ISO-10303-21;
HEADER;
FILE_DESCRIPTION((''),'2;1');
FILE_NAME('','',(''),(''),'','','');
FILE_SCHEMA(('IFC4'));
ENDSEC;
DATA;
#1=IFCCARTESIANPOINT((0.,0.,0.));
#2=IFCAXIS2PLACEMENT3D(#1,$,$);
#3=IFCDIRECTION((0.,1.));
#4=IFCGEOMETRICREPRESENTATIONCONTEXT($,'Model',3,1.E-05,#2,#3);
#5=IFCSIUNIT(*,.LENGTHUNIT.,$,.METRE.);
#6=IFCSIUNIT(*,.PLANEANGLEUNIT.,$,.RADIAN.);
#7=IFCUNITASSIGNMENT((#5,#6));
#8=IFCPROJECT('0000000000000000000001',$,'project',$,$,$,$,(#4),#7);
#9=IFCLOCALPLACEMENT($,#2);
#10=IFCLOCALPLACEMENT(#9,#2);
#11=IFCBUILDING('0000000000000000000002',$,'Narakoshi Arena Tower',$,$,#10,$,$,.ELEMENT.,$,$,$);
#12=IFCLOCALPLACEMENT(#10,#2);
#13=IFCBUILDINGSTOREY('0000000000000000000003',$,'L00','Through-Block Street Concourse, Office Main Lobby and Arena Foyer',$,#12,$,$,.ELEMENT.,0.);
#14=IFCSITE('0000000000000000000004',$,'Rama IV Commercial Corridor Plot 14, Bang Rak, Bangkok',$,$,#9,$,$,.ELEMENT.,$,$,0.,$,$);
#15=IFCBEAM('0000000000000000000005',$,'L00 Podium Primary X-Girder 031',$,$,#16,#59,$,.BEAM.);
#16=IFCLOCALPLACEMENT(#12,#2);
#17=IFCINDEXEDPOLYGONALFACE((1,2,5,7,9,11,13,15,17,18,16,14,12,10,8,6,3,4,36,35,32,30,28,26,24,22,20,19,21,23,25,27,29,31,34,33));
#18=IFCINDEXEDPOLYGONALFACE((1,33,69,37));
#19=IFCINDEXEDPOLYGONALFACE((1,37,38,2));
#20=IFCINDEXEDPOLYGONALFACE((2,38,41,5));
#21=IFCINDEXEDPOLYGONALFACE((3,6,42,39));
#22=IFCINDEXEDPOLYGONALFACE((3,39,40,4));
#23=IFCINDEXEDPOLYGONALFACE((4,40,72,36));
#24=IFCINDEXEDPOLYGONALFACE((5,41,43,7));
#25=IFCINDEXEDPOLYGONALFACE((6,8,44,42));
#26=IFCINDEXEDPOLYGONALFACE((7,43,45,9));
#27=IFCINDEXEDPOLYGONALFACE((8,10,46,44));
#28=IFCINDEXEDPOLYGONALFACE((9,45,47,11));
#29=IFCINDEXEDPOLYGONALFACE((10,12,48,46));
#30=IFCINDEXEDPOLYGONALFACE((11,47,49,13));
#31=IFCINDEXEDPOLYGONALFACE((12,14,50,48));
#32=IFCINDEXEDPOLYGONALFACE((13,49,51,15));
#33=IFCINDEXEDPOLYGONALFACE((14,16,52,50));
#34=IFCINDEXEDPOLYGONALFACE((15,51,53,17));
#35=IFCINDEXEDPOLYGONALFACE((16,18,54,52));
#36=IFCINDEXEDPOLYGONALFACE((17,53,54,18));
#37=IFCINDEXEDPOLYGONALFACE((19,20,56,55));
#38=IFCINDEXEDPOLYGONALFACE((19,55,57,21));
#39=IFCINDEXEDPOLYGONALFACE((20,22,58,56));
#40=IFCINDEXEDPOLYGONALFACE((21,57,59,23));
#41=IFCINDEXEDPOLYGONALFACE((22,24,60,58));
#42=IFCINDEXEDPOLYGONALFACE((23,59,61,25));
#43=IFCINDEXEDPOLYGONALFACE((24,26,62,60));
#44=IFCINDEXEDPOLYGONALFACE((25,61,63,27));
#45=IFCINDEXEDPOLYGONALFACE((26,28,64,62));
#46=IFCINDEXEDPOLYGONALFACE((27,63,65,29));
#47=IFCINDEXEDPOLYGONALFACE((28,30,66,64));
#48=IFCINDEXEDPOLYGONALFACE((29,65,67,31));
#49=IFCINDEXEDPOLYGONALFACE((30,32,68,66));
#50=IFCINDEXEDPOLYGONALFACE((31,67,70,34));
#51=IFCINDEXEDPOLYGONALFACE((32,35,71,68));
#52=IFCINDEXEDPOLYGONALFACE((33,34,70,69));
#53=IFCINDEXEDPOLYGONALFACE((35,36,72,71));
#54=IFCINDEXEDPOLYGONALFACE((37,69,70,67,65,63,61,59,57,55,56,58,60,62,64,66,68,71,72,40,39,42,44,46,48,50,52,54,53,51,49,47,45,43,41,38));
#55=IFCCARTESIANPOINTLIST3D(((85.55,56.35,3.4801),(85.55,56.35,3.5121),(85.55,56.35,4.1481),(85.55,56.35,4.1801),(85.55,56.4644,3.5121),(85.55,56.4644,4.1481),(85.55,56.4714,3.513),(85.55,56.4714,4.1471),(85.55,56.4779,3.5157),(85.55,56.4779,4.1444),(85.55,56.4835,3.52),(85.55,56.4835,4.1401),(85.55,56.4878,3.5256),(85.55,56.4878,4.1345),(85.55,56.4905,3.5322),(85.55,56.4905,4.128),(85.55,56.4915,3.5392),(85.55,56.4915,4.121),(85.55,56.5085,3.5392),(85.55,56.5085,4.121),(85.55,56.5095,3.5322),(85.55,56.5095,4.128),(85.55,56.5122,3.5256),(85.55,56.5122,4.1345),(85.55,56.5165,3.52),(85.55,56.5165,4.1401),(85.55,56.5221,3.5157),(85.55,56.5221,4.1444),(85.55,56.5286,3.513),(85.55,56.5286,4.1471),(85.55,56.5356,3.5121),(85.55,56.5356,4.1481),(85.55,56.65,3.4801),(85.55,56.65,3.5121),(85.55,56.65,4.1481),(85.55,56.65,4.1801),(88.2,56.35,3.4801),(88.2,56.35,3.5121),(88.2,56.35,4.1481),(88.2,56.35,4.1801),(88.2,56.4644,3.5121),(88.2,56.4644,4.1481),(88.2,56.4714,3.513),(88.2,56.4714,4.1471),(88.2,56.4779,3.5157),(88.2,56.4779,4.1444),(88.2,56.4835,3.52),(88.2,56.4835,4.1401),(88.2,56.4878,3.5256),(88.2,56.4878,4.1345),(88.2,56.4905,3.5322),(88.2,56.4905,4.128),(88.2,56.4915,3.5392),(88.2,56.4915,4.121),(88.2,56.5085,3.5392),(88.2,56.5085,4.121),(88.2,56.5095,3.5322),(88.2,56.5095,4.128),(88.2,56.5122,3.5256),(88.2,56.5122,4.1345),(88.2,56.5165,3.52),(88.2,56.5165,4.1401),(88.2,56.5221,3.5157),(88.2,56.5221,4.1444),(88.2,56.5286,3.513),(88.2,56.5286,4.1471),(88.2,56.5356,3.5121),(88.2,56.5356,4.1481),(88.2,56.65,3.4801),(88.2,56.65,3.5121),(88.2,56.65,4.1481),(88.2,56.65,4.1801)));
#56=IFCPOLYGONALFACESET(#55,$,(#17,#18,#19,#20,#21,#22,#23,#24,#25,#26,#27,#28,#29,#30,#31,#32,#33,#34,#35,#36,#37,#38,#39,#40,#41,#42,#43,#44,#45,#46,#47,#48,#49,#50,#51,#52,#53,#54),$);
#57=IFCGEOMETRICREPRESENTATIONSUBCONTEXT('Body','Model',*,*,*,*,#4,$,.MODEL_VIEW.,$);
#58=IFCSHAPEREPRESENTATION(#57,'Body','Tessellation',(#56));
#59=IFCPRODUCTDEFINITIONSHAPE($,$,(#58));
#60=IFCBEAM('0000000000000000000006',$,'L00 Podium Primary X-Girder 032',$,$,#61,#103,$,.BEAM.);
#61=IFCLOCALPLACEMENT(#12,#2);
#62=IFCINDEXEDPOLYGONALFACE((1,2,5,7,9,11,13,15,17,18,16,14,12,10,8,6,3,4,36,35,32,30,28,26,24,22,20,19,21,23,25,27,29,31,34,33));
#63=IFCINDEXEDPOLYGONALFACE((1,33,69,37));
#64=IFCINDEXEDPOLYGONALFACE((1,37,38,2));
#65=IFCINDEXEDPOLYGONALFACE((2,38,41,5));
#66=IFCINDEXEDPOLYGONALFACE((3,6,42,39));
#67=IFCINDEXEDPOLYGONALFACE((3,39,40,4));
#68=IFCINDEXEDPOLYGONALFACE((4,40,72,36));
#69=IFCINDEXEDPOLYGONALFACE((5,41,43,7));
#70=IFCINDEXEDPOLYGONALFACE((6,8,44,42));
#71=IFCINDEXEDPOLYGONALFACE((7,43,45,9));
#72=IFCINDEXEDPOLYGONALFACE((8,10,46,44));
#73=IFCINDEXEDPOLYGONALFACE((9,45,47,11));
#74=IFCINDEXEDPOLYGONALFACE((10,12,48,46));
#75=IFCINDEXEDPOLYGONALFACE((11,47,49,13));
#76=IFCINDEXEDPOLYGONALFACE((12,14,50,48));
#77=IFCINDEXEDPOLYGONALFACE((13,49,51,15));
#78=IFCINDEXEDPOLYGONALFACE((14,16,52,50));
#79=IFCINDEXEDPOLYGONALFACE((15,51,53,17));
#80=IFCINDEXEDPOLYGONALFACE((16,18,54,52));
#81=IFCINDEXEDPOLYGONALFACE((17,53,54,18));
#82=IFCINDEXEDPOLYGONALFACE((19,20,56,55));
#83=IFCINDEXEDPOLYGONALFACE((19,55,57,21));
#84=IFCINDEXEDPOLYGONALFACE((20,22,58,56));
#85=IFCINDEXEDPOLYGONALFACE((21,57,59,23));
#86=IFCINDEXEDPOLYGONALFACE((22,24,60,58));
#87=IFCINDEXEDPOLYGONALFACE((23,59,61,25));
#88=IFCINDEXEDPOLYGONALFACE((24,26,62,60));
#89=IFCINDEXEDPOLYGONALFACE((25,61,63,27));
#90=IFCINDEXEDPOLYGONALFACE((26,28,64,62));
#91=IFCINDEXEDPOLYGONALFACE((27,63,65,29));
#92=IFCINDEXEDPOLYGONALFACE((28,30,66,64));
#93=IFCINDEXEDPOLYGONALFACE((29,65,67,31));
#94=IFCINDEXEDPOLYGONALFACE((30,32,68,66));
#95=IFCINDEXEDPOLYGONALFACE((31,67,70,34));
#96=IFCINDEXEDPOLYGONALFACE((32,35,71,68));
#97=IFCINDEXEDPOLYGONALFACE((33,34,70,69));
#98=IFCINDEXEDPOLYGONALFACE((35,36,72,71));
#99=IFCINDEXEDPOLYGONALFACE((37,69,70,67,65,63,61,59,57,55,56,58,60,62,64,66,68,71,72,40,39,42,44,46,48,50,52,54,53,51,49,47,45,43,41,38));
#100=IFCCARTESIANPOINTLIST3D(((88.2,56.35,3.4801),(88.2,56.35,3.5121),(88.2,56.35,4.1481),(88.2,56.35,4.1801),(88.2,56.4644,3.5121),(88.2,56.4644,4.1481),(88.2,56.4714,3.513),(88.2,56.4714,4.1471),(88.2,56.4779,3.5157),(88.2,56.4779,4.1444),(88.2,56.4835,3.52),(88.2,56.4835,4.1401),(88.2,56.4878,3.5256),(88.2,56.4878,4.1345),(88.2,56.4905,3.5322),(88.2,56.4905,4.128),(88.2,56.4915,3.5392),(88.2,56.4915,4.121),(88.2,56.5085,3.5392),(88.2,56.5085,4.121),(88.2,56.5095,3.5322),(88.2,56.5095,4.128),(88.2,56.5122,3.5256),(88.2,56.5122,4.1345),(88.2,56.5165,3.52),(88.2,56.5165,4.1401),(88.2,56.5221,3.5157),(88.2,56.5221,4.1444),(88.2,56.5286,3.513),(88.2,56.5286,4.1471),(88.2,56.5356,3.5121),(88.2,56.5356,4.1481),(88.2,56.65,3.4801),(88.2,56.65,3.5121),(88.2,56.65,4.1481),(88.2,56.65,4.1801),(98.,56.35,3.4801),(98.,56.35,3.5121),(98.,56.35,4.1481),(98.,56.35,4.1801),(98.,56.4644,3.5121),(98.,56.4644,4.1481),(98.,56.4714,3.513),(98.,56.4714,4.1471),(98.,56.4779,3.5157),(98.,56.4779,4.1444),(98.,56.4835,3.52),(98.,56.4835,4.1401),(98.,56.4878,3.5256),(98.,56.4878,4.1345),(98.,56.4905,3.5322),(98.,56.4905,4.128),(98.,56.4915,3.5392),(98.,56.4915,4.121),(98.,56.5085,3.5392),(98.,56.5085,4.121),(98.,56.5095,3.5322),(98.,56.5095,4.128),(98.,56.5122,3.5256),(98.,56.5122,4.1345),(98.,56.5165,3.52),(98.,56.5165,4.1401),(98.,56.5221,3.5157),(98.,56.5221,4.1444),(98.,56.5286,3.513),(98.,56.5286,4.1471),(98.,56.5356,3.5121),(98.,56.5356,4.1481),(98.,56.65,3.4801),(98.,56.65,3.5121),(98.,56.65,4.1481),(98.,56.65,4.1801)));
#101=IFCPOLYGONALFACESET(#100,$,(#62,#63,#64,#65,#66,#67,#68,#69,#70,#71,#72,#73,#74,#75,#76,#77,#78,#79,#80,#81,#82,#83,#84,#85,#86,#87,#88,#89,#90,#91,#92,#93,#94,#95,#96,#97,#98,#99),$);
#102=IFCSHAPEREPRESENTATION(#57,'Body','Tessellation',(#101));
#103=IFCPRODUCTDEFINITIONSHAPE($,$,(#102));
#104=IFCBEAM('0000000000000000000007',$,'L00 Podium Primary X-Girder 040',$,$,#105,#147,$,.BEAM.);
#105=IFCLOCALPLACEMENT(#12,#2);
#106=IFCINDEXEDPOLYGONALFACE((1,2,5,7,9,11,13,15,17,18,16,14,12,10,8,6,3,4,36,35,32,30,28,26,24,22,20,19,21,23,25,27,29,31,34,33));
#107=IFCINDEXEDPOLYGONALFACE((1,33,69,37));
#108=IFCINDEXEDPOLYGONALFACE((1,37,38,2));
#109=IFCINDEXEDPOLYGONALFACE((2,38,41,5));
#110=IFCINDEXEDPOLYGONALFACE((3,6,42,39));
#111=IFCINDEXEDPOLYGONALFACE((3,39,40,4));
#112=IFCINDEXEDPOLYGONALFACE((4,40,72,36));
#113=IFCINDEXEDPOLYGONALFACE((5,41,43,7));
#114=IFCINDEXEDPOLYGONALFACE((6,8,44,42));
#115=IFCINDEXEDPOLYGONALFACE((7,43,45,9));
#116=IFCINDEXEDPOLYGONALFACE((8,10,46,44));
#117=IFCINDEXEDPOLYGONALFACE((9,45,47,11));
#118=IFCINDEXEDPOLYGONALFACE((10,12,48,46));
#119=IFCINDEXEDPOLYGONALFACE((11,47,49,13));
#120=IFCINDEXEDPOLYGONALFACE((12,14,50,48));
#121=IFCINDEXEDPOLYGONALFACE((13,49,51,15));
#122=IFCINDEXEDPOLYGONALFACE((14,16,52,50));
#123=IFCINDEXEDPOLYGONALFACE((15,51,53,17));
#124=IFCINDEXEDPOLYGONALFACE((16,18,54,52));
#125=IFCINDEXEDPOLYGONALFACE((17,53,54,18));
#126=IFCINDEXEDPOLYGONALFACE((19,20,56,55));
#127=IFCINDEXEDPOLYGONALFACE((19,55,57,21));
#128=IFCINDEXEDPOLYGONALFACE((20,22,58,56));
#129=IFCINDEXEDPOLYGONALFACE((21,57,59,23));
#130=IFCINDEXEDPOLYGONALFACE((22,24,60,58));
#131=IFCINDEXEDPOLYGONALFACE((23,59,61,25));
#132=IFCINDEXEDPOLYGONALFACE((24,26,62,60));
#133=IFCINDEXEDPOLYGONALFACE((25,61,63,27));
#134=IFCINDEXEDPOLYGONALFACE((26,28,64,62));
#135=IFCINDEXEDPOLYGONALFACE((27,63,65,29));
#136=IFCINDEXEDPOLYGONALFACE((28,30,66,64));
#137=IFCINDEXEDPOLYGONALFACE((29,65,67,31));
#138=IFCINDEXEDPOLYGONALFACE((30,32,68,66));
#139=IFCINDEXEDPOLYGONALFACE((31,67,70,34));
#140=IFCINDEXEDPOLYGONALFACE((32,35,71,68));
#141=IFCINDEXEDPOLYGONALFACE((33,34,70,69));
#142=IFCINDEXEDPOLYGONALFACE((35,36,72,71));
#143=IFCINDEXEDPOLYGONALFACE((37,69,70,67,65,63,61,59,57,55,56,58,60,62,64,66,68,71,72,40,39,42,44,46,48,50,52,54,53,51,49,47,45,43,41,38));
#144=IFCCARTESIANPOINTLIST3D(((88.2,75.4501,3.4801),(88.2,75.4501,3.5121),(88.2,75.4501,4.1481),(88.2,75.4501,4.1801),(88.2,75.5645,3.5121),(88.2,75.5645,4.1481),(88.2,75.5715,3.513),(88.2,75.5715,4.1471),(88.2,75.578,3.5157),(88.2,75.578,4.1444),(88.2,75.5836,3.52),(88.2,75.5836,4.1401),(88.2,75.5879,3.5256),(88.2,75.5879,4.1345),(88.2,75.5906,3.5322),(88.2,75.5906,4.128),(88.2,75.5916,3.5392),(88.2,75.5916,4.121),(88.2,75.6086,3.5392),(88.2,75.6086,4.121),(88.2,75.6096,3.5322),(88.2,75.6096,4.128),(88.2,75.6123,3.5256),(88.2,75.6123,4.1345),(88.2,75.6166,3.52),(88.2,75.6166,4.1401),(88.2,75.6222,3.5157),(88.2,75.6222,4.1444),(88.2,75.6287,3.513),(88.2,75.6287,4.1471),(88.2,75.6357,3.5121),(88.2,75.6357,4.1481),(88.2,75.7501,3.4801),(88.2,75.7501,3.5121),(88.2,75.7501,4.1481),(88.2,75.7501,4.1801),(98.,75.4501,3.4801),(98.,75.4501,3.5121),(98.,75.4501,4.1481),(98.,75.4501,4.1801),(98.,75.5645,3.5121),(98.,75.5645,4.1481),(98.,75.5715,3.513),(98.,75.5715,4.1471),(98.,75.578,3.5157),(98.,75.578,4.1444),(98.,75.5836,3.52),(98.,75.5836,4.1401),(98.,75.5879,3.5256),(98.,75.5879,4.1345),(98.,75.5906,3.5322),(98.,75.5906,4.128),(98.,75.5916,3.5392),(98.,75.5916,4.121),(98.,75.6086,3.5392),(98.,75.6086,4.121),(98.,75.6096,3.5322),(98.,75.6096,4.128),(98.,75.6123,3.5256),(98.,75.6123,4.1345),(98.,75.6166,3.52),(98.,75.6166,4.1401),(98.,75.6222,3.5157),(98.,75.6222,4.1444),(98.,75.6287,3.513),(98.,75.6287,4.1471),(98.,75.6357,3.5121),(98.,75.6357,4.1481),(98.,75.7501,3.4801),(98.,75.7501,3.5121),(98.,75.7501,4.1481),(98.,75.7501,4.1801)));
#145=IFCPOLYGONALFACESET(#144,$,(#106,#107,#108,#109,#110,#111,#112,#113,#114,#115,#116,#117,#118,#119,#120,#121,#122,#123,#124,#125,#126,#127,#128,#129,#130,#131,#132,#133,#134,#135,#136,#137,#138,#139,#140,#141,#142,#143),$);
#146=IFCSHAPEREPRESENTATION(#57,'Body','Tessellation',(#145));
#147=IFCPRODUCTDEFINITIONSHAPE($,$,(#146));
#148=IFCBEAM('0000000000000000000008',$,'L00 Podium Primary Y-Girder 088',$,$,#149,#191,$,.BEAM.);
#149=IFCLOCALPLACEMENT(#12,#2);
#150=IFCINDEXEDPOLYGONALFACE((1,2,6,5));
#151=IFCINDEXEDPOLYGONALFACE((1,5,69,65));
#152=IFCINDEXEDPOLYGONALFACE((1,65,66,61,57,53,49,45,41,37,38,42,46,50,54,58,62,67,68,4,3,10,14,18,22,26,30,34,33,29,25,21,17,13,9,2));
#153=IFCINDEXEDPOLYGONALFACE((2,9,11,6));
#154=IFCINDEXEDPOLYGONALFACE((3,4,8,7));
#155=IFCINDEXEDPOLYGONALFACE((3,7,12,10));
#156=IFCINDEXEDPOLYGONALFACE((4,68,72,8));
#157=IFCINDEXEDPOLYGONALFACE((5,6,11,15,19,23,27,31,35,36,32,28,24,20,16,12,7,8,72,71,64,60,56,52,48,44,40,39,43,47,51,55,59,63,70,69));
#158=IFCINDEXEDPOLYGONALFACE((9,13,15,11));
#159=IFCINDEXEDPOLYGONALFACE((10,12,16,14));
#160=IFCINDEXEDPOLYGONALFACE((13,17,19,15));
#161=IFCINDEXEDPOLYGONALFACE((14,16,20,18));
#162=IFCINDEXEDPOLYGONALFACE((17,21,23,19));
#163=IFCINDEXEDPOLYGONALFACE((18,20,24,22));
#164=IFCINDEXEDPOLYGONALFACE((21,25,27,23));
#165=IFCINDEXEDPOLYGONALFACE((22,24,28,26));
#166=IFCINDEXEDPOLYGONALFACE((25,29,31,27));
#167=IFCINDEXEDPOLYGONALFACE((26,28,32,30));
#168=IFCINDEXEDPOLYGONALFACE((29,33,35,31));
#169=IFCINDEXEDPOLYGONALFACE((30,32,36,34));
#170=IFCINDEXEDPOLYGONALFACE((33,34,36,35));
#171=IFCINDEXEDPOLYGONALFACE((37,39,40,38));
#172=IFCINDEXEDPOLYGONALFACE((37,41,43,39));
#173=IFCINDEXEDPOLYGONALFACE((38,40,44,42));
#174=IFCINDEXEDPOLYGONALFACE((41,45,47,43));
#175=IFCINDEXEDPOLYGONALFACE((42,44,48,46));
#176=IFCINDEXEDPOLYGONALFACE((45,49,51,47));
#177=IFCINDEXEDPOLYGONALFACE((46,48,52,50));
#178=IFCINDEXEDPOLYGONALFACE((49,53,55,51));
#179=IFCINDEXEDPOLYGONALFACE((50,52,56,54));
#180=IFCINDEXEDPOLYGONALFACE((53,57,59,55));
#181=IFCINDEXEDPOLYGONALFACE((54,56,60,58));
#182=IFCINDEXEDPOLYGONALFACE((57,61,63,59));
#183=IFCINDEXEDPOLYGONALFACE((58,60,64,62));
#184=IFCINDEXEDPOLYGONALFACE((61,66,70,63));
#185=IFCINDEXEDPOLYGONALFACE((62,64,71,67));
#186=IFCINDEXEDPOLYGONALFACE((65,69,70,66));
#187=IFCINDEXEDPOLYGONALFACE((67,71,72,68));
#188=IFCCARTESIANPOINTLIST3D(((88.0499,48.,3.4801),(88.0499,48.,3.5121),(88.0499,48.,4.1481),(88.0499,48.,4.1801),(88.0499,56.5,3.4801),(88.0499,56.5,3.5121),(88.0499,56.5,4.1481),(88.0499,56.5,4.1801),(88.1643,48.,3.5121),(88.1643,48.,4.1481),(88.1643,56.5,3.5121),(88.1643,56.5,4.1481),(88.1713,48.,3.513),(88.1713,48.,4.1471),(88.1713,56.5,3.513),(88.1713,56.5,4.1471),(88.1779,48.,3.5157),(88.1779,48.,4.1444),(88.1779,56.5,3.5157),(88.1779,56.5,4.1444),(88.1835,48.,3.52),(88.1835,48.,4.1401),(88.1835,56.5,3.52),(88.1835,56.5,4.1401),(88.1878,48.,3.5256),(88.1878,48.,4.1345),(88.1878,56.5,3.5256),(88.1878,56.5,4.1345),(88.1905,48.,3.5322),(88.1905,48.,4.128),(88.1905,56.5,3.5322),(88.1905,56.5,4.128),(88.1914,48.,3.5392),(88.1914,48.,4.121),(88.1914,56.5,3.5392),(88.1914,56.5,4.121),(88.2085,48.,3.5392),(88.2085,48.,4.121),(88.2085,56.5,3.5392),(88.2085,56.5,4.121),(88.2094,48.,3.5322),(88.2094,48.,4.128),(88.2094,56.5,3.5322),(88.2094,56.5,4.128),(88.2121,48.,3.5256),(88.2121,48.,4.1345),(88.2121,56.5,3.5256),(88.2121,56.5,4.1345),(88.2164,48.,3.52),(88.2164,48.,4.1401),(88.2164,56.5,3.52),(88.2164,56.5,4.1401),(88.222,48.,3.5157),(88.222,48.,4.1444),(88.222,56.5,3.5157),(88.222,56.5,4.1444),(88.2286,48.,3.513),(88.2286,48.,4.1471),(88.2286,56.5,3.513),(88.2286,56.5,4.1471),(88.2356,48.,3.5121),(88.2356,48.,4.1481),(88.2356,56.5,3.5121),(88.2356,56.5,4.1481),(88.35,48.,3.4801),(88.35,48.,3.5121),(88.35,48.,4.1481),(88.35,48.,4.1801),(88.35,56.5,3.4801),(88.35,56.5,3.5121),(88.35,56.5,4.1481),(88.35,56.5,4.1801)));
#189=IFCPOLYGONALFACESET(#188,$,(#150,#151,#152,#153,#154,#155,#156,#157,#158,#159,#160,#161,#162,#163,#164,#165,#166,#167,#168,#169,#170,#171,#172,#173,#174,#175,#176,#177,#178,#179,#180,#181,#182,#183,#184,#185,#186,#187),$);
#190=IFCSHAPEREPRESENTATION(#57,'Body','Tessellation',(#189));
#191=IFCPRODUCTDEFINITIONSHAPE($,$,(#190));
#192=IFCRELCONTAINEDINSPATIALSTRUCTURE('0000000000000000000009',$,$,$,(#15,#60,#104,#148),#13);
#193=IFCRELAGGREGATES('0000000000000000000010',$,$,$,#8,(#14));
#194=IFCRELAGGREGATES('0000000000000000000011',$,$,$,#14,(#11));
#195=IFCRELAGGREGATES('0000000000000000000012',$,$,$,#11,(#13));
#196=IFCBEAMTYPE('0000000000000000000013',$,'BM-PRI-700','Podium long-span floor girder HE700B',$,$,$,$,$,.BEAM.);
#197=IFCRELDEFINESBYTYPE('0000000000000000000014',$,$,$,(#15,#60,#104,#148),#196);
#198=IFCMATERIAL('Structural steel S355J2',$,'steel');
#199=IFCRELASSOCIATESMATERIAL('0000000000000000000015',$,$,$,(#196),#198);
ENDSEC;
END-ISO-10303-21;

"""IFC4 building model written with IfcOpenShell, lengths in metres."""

from ifc_helpers import new_model, si_unit, direction, frame, origin, origin_2d, place, context, subcontext, project, spatial, i_section, extrude, material, material_profile, profile_set, type_object, element, save


model = new_model("IFC4")

# Units and contexts
model_context = context("Model", 3, precision=1e-05, world=origin(), true_north=direction((0.0, 1.0)))
body_context = subcontext(model_context, "Body", "Model", "MODEL_VIEW")
ifc_project = project(units=[si_unit("LENGTHUNIT", "METRE"), si_unit("PLANEANGLEUNIT", "RADIAN")], contexts=[model_context])

# Site, building, storey
site_placement = place(None, origin())
site = spatial("IfcSite", under=ifc_project, at=site_placement, Name="Rama IV Commercial Corridor Plot 14, Bang Rak, Bangkok", CompositionType="ELEMENT", RefElevation=0.0)
building_placement = place(site_placement, origin())
building = spatial("IfcBuilding", under=site, at=building_placement, Name="Narakoshi Arena Tower", CompositionType="ELEMENT")
storey_placement = place(building_placement, origin())
storey = spatial("IfcBuildingStorey", under=building, at=storey_placement, Name="L00", Description="Through-Block Street Concourse, Office Main Lobby and Arena Foyer", CompositionType="ELEMENT", Elevation=0.0)

# Beams
ifc_material_1 = material(Name="Structural steel S355J2", Category="steel")
ifc_material_profile_1 = material_profile(ifc_material_1, i_section(OverallWidth=0.3, OverallDepth=0.7, WebThickness=0.0171, FlangeThickness=0.032, FilletRadius=0.0271, at=origin_2d()), Name="HE700B")
ifc_profile_set_1 = profile_set([ifc_material_profile_1], Name="Structural steel S355J2")
beam_type_1 = type_object("IfcBeamType", Name="BM-PRI-700", Description="Podium long-span floor girder HE700B", PredefinedType="BEAM", material=ifc_profile_set_1)
beam_1_placement = place(storey_placement, frame((85.55, 56.5, 3.8301), z_axis=(1.0, 0.0, 0.0), x_axis=(0.0, 1.0, 0.0)))
element("IfcBeam", 1, at=beam_1_placement, inside=storey, type_object=beam_type_1, Name="L00 Podium Primary X-Girder 031", PredefinedType="BEAM", context=body_context, shape_type="SweptSolid", body=[
    extrude(i_section(OverallWidth=0.3, OverallDepth=0.7, WebThickness=0.0171, FlangeThickness=0.032, FilletRadius=0.0271, at=origin_2d()), origin(), (0.0, 0.0, 1.0), 2.6499),
])
for number, where, z_axis, x_axis, name in (
    (2, (88.2, 56.5, 3.8301), (1.0, 0.0, 0.0), (0.0, 1.0, 0.0), "L00 Podium Primary X-Girder 032"),
    (3, (88.2, 75.6001, 3.8301), (1.0, 0.0, 0.0), (0.0, 1.0, 0.0), "L00 Podium Primary X-Girder 040"),
):
    element("IfcBeam", number, at=place(storey_placement, frame(where, z_axis=z_axis, x_axis=x_axis)), inside=storey, type_object=beam_type_1, Name=name, PredefinedType="BEAM", context=body_context, shape_type="SweptSolid", body=[
        extrude(i_section(OverallWidth=0.3, OverallDepth=0.7, WebThickness=0.0171, FlangeThickness=0.032, FilletRadius=0.0271, at=origin_2d()), origin(), (0.0, 0.0, 1.0), 9.8),
    ])
beam_2_placement = place(storey_placement, frame((88.2, 48.0, 3.8301), z_axis=(0.0, 1.0, 0.0), x_axis=(-1.0, 0.0, 0.0)))
element("IfcBeam", 4, at=beam_2_placement, inside=storey, type_object=beam_type_1, Name="L00 Podium Primary Y-Girder 088", PredefinedType="BEAM", context=body_context, shape_type="SweptSolid", body=[
    extrude(i_section(OverallWidth=0.3, OverallDepth=0.7, WebThickness=0.0171, FlangeThickness=0.032, FilletRadius=0.0271, at=origin_2d()), origin(), (0.0, 0.0, 1.0), 8.5),
])

save(model, "model.ifc")
